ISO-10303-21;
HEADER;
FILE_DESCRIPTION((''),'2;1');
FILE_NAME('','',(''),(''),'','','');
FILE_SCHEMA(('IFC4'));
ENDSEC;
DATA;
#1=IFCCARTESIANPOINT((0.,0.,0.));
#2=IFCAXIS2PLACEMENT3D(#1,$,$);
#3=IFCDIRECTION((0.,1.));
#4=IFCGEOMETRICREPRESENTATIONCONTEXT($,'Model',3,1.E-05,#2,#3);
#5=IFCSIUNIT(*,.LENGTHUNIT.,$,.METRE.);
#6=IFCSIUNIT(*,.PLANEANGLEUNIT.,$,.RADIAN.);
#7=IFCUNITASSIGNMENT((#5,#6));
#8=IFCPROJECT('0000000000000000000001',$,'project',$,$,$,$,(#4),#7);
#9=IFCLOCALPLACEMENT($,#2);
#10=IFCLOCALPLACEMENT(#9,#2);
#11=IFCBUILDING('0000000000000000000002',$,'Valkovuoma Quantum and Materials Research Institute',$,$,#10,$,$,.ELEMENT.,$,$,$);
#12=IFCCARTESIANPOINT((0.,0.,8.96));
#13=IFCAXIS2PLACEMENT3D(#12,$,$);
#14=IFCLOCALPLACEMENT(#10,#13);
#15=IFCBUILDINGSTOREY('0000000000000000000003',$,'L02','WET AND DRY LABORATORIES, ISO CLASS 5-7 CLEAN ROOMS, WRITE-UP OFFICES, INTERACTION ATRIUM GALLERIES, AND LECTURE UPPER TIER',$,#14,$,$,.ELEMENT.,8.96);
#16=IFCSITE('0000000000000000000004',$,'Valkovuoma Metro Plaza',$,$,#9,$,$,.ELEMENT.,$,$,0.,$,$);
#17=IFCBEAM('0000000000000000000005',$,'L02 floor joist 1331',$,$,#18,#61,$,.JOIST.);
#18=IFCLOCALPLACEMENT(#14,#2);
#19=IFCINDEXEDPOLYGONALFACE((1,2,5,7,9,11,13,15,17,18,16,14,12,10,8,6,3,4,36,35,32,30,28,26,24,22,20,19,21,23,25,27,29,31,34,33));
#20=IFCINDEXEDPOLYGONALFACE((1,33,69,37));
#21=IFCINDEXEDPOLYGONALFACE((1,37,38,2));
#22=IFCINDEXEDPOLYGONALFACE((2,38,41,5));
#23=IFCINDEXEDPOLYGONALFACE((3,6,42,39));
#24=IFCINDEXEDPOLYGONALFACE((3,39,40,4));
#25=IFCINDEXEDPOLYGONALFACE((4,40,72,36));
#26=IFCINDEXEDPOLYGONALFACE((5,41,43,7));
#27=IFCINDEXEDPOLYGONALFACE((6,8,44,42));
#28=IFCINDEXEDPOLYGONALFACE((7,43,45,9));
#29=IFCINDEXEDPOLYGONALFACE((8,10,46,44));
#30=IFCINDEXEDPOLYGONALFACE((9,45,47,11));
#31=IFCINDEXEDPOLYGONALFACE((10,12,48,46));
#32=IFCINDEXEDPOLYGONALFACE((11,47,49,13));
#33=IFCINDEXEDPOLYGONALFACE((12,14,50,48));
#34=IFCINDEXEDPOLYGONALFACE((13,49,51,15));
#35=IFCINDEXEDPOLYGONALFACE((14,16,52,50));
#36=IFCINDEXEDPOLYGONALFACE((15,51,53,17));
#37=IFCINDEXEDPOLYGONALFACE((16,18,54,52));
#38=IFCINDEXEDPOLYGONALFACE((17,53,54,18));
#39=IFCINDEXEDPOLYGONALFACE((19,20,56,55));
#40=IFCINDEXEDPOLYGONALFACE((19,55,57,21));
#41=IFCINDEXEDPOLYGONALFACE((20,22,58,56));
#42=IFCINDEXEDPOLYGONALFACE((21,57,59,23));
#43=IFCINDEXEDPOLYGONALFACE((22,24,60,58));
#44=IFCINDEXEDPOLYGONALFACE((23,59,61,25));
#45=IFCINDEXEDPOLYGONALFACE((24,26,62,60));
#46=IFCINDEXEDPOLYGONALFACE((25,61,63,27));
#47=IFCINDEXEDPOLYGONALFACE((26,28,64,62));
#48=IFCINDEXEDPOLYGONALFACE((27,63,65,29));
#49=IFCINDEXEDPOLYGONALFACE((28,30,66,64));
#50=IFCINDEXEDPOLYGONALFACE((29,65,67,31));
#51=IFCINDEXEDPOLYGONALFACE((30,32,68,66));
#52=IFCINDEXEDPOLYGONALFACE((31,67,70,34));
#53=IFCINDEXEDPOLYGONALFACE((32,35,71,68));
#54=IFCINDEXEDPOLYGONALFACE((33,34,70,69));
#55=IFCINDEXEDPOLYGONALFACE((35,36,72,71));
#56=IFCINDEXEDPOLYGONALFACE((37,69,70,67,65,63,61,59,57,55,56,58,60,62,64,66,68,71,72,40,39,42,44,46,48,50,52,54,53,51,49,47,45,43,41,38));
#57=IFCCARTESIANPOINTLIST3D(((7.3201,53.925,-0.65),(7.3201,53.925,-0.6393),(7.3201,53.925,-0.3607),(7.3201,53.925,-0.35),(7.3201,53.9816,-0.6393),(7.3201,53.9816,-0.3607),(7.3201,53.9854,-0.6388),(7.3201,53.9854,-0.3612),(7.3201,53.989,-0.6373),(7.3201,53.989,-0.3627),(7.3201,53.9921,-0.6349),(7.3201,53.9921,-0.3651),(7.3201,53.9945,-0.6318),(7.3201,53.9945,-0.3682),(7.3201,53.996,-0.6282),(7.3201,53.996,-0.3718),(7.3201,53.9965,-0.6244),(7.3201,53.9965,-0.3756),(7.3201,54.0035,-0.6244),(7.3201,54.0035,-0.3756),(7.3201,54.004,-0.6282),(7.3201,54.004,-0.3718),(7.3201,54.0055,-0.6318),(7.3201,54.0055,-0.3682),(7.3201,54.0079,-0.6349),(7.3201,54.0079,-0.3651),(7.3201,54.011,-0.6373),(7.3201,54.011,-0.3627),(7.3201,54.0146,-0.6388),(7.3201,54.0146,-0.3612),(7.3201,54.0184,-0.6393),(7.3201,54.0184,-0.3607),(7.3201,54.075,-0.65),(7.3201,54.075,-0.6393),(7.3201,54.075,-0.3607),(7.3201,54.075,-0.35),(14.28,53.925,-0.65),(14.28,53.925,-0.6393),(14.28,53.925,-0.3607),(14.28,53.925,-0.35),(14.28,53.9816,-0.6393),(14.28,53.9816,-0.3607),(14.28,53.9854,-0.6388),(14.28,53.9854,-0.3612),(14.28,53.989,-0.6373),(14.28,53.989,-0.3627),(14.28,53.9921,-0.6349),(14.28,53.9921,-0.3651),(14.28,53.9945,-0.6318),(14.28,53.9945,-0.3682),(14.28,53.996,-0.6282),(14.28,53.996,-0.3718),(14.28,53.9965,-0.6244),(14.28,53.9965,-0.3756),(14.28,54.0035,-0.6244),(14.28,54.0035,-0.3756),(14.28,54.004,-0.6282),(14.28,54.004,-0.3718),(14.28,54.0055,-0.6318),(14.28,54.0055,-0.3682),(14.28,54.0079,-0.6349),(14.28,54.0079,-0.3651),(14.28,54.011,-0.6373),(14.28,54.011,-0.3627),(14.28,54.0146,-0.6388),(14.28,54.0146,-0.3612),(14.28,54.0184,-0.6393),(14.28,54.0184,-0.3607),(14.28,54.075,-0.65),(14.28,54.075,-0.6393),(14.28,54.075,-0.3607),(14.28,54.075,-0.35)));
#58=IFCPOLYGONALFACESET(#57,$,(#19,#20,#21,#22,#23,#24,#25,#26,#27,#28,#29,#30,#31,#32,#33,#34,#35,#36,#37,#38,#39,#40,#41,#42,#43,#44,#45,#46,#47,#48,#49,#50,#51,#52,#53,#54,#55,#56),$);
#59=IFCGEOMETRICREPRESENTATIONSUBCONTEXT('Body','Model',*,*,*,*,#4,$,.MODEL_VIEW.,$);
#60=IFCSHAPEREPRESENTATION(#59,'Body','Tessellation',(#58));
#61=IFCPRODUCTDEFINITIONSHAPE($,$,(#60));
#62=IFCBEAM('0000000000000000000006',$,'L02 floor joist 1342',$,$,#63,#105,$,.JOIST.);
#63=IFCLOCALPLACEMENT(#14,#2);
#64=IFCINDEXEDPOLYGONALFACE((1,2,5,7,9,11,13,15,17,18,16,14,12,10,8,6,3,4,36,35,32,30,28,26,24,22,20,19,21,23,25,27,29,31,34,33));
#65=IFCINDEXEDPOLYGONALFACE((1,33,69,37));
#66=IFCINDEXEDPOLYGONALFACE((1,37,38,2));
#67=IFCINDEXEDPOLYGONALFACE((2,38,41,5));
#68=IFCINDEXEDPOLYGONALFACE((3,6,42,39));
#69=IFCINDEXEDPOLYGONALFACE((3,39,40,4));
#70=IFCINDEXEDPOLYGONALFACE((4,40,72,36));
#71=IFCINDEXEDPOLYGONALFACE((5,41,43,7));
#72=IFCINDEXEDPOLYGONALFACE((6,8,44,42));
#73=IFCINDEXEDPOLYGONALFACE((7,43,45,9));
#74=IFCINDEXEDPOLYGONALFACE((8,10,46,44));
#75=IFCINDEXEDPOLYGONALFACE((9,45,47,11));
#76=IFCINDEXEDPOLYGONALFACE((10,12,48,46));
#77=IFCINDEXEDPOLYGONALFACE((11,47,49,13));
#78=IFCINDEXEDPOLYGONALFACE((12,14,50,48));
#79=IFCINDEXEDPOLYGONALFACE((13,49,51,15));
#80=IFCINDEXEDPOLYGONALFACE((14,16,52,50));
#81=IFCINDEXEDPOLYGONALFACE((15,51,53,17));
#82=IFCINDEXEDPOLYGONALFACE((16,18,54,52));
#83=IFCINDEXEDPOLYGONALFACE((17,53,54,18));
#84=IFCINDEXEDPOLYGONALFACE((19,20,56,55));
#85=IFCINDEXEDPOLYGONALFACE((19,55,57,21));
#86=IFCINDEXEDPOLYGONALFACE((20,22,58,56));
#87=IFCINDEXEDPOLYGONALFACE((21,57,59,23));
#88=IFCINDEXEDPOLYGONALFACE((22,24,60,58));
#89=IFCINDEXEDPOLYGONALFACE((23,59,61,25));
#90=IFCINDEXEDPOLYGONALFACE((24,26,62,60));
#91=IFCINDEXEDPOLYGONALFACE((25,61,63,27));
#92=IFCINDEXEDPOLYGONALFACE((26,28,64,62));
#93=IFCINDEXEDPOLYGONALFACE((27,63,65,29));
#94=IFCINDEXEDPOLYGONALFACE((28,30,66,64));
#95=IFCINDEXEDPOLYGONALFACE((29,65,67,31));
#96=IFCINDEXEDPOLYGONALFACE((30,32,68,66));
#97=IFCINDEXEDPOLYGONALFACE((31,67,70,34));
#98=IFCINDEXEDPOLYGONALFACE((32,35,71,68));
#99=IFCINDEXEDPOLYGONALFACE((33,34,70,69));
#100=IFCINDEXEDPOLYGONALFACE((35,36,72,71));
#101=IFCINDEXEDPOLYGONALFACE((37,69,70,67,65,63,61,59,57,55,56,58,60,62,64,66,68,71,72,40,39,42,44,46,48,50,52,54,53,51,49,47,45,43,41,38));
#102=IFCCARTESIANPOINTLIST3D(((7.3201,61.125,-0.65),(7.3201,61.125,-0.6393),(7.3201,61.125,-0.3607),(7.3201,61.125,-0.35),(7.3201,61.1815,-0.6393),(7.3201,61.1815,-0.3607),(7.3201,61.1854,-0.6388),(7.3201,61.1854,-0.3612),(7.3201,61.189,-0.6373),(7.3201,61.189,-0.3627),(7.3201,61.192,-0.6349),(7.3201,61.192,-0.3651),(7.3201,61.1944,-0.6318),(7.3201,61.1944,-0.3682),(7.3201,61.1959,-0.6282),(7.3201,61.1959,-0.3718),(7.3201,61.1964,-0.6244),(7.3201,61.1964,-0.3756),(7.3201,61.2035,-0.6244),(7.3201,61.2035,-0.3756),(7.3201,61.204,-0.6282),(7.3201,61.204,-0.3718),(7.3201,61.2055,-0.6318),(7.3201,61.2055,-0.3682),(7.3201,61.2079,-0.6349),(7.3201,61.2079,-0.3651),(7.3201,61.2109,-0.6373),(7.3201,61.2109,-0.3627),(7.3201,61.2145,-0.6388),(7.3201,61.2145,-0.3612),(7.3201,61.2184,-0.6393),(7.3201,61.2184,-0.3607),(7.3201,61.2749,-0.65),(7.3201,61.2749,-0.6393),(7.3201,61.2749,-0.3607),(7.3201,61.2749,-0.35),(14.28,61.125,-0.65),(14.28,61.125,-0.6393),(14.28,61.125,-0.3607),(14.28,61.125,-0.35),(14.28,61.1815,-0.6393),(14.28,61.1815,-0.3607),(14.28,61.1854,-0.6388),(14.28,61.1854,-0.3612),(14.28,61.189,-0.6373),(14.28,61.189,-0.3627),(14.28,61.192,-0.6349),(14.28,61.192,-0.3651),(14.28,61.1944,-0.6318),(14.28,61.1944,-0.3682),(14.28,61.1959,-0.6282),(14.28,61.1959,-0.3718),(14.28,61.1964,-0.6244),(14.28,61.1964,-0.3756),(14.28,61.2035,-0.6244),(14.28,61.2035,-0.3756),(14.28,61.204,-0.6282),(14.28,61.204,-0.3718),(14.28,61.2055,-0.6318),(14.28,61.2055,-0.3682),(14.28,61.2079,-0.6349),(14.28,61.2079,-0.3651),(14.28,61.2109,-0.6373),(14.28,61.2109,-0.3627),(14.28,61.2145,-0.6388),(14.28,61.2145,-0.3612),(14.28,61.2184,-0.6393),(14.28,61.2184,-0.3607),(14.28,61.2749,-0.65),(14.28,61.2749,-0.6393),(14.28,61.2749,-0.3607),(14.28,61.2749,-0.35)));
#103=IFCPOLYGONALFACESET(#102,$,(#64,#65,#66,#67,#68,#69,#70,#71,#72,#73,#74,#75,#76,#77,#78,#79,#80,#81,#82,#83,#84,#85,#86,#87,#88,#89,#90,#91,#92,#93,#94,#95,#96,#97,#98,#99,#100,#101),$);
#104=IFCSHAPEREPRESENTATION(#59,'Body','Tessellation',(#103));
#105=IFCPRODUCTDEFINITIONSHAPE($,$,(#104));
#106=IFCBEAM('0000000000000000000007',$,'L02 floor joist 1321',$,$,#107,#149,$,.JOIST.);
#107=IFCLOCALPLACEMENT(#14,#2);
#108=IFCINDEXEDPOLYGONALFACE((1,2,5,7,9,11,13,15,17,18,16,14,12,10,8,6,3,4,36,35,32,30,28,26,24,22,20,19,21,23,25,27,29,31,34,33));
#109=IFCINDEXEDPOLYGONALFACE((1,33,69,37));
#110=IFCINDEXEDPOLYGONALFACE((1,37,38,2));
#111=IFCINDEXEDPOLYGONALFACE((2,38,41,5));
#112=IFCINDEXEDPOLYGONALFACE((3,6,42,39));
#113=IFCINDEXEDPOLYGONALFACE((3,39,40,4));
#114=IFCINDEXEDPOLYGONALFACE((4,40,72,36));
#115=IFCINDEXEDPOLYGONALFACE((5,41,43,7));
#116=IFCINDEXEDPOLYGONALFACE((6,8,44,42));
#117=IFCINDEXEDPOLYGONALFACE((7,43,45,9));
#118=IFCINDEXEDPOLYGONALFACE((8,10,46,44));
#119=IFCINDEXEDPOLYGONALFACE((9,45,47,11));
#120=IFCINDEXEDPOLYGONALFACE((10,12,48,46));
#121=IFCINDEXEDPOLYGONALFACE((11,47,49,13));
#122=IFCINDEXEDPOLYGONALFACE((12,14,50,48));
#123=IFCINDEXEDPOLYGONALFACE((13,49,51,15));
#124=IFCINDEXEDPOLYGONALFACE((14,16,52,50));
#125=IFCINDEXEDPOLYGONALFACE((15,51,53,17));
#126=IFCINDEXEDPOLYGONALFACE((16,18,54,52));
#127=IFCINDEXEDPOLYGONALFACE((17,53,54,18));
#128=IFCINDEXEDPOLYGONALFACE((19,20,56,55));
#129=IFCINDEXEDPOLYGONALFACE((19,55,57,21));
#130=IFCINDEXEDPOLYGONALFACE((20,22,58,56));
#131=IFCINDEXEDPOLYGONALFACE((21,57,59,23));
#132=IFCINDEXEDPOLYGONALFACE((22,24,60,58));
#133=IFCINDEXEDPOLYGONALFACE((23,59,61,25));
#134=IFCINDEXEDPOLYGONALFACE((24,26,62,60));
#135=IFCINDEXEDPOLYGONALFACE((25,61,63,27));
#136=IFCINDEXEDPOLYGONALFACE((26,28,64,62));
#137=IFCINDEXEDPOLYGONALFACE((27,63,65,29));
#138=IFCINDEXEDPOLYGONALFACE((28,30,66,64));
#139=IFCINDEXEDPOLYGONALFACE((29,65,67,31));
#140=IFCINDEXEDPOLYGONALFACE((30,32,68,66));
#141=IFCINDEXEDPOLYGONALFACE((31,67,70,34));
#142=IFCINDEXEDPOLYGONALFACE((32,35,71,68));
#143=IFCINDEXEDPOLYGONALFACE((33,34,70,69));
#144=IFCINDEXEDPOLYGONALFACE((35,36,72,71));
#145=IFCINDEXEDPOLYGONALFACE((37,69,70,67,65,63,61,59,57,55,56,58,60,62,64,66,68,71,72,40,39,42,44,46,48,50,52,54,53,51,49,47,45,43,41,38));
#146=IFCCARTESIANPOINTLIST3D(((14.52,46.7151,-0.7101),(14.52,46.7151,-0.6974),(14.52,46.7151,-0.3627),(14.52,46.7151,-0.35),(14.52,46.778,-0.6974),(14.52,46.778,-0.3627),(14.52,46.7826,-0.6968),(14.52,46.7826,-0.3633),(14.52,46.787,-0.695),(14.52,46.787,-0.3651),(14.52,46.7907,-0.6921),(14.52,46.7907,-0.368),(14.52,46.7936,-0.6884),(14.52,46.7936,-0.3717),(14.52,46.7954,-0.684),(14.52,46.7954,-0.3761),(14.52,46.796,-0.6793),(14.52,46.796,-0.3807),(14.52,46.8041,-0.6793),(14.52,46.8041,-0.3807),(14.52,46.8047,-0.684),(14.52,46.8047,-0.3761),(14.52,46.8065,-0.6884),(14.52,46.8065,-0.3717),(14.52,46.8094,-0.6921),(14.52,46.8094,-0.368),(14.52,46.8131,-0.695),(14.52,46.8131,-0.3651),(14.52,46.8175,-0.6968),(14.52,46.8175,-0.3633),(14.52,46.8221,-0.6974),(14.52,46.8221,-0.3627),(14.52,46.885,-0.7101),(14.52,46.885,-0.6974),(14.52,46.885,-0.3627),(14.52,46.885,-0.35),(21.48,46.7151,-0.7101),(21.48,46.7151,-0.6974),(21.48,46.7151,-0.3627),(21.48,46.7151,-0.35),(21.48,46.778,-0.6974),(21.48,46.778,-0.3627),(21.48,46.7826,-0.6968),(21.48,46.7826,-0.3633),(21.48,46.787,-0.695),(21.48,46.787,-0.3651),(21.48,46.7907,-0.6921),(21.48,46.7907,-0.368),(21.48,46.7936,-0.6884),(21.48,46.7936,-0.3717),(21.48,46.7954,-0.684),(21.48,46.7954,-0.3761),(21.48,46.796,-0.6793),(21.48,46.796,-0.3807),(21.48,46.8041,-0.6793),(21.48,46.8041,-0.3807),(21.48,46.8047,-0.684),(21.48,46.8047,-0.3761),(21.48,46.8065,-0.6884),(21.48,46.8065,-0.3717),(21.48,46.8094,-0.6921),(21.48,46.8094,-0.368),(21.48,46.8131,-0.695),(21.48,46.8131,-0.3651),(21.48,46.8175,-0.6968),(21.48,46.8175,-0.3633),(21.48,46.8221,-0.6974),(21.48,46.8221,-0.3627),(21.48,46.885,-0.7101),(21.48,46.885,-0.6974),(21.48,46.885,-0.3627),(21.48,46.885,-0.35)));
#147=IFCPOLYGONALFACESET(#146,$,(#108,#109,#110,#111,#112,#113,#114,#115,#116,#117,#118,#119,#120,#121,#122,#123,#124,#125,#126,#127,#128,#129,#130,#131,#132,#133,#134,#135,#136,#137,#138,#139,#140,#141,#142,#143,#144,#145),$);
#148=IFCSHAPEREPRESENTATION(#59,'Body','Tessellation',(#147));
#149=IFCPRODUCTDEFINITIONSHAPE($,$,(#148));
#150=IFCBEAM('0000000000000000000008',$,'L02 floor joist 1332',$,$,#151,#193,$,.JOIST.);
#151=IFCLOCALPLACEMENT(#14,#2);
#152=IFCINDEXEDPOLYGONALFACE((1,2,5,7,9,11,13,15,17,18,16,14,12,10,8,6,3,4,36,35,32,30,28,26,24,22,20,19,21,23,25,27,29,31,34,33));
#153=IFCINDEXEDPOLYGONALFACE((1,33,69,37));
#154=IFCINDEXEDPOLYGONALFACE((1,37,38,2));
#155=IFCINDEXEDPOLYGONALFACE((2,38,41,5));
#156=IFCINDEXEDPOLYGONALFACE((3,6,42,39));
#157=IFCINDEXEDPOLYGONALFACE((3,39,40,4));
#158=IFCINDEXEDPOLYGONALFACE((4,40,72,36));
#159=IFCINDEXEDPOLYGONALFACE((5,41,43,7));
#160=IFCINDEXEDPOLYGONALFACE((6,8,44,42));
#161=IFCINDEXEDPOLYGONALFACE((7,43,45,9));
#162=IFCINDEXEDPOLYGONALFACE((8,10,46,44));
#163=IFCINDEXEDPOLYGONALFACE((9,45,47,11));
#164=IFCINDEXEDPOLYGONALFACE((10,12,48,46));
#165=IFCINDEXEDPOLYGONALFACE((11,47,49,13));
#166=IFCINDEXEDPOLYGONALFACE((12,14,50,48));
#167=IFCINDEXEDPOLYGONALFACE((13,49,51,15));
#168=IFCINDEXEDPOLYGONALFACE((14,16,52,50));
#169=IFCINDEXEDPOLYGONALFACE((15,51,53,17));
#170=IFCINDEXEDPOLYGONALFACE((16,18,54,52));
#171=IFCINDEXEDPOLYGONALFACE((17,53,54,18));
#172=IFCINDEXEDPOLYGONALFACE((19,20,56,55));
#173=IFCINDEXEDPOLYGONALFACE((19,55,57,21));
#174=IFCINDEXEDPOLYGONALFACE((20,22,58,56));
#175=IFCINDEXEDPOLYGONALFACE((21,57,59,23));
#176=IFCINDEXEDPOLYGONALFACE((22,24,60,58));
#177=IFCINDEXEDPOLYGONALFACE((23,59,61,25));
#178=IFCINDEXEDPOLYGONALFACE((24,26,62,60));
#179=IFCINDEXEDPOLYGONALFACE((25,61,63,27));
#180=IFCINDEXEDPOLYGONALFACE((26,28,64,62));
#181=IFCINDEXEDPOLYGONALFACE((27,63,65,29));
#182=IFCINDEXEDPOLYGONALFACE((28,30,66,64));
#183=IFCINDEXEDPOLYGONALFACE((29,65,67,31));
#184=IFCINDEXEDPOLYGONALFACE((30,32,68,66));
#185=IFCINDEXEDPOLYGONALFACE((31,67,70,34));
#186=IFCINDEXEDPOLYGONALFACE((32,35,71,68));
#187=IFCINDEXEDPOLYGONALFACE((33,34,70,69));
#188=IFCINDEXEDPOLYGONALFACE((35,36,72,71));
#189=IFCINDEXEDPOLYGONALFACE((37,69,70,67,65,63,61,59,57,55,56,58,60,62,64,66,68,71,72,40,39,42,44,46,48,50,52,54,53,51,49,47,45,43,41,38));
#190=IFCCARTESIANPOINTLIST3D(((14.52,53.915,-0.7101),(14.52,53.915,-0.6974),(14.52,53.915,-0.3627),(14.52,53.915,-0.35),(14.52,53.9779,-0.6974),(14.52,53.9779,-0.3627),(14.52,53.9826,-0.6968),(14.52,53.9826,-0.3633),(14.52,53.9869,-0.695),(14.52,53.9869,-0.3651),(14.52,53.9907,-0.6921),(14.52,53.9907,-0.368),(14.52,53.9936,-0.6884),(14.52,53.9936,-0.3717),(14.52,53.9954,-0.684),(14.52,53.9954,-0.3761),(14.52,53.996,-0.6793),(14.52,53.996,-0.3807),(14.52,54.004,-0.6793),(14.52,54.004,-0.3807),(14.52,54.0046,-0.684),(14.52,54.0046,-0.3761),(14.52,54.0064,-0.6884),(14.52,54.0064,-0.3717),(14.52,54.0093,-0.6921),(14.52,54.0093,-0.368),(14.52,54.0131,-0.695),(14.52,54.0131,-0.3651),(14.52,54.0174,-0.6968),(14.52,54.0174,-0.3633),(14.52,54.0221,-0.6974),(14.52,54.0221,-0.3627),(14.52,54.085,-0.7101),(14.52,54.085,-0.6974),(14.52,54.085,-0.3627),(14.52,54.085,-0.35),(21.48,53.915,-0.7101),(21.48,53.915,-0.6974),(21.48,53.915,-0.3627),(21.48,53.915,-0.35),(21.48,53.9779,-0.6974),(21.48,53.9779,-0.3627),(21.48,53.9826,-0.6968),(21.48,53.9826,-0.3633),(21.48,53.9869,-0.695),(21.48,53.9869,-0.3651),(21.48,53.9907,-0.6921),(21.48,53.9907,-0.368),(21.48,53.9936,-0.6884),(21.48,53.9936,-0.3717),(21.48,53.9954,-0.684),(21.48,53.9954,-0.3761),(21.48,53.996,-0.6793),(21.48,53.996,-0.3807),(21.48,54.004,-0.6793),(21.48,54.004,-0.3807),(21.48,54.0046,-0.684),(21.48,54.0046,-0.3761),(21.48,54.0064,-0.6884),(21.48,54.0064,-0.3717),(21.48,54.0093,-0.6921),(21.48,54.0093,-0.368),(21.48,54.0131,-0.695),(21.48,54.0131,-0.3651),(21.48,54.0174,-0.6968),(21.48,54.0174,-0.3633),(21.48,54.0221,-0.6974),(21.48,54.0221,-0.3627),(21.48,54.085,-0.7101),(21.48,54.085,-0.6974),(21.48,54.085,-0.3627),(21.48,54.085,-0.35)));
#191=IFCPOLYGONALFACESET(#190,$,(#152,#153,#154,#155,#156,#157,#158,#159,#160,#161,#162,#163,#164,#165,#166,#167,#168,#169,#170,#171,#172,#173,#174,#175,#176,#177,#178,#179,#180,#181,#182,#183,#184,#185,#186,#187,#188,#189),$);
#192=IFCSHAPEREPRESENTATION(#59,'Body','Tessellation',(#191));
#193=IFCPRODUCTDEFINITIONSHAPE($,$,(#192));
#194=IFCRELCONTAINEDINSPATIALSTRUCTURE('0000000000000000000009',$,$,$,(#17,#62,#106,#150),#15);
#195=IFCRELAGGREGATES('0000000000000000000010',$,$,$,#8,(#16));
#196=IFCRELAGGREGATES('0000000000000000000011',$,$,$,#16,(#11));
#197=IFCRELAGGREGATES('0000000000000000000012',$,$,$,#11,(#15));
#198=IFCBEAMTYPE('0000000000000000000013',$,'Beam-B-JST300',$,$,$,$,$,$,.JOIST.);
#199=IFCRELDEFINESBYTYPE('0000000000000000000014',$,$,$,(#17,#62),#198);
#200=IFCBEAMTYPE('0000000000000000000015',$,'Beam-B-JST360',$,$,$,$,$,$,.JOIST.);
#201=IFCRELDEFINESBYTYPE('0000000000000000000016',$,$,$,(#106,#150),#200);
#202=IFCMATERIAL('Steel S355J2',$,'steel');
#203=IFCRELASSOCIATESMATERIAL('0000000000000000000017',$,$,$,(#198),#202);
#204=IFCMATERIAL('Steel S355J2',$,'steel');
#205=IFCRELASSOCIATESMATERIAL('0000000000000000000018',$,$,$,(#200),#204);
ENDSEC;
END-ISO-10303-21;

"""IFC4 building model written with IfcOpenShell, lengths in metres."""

from ifc_helpers import new_model, si_unit, direction, frame, origin, origin_2d, place, context, subcontext, project, spatial, i_section, extrude, material, material_profile, profile_set, type_object, element, save


model = new_model("IFC4")

# Units and contexts
model_context = context("Model", 3, precision=1e-05, world=origin(), true_north=direction((0.0, 1.0)))
body_context = subcontext(model_context, "Body", "Model", "MODEL_VIEW")
ifc_project = project(units=[si_unit("LENGTHUNIT", "METRE"), si_unit("PLANEANGLEUNIT", "RADIAN")], contexts=[model_context])

# Site, building, storey
site_placement = place(None, origin())
site = spatial("IfcSite", under=ifc_project, at=site_placement, Name="Valkovuoma Metro Plaza", CompositionType="ELEMENT", RefElevation=0.0)
building_placement = place(site_placement, origin())
building = spatial("IfcBuilding", under=site, at=building_placement, Name="Valkovuoma Quantum and Materials Research Institute", CompositionType="ELEMENT")
storey_placement = place(building_placement, frame((0.0, 0.0, 8.96)))
storey = spatial("IfcBuildingStorey", under=building, at=storey_placement, Name="L02", Description="WET AND DRY LABORATORIES, ISO CLASS 5-7 CLEAN ROOMS, WRITE-UP OFFICES, INTERACTION ATRIUM GALLERIES, AND LECTURE UPPER TIER", CompositionType="ELEMENT", Elevation=8.96)

# Beams
ifc_material_1 = material(Name="Steel S355J2", Category="steel")
ifc_material_profile_1 = material_profile(ifc_material_1, i_section(OverallWidth=0.1499, OverallDepth=0.3, WebThickness=0.0071, FlangeThickness=0.0107, FilletRadius=0.0149, at=origin_2d()), Name="Steel S355J2")
ifc_profile_set_1 = profile_set([ifc_material_profile_1], Name="Steel S355J2")
beam_type_1 = type_object("IfcBeamType", Name="Beam-B-JST300", PredefinedType="JOIST", material=ifc_profile_set_1)
for number, where, z_axis, x_axis, name in (
    (1, (7.3201, 54.0, -0.5), (1.0, 0.0, 0.0), (0.0, 1.0, 0.0), "L02 floor joist 1331"),
    (2, (7.3201, 61.2, -0.5), (1.0, 0.0, 0.0), (0.0, 1.0, 0.0), "L02 floor joist 1342"),
):
    element("IfcBeam", number, at=place(storey_placement, frame(where, z_axis=z_axis, x_axis=x_axis)), inside=storey, type_object=beam_type_1, Name=name, PredefinedType="JOIST", context=body_context, shape_type="SweptSolid", body=[
        extrude(i_section(OverallWidth=0.1499, OverallDepth=0.3, WebThickness=0.0071, FlangeThickness=0.0107, FilletRadius=0.0149, at=origin_2d()), origin(), (0.0, 0.0, 1.0), 6.96),
    ])
ifc_material_2 = material(Name="Steel S355J2", Category="steel")
ifc_material_profile_2 = material_profile(ifc_material_2, i_section(OverallWidth=0.1699, OverallDepth=0.3601, WebThickness=0.0081, FlangeThickness=0.0127, FilletRadius=0.0181, at=origin_2d()), Name="Steel S355J2")
ifc_profile_set_2 = profile_set([ifc_material_profile_2], Name="Steel S355J2")
beam_type_2 = type_object("IfcBeamType", Name="Beam-B-JST360", PredefinedType="JOIST", material=ifc_profile_set_2)
for number, where, z_axis, x_axis, name in (
    (3, (14.52, 46.8, -0.53), (1.0, 0.0, 0.0), (0.0, 1.0, 0.0), "L02 floor joist 1321"),
    (4, (14.52, 54.0, -0.53), (1.0, 0.0, 0.0), (0.0, 1.0, 0.0), "L02 floor joist 1332"),
):
    element("IfcBeam", number, at=place(storey_placement, frame(where, z_axis=z_axis, x_axis=x_axis)), inside=storey, type_object=beam_type_2, Name=name, PredefinedType="JOIST", context=body_context, shape_type="SweptSolid", body=[
        extrude(i_section(OverallWidth=0.1699, OverallDepth=0.3601, WebThickness=0.0081, FlangeThickness=0.0127, FilletRadius=0.0181, at=origin_2d()), origin(), (0.0, 0.0, 1.0), 6.96),
    ])

save(model, "model.ifc")
